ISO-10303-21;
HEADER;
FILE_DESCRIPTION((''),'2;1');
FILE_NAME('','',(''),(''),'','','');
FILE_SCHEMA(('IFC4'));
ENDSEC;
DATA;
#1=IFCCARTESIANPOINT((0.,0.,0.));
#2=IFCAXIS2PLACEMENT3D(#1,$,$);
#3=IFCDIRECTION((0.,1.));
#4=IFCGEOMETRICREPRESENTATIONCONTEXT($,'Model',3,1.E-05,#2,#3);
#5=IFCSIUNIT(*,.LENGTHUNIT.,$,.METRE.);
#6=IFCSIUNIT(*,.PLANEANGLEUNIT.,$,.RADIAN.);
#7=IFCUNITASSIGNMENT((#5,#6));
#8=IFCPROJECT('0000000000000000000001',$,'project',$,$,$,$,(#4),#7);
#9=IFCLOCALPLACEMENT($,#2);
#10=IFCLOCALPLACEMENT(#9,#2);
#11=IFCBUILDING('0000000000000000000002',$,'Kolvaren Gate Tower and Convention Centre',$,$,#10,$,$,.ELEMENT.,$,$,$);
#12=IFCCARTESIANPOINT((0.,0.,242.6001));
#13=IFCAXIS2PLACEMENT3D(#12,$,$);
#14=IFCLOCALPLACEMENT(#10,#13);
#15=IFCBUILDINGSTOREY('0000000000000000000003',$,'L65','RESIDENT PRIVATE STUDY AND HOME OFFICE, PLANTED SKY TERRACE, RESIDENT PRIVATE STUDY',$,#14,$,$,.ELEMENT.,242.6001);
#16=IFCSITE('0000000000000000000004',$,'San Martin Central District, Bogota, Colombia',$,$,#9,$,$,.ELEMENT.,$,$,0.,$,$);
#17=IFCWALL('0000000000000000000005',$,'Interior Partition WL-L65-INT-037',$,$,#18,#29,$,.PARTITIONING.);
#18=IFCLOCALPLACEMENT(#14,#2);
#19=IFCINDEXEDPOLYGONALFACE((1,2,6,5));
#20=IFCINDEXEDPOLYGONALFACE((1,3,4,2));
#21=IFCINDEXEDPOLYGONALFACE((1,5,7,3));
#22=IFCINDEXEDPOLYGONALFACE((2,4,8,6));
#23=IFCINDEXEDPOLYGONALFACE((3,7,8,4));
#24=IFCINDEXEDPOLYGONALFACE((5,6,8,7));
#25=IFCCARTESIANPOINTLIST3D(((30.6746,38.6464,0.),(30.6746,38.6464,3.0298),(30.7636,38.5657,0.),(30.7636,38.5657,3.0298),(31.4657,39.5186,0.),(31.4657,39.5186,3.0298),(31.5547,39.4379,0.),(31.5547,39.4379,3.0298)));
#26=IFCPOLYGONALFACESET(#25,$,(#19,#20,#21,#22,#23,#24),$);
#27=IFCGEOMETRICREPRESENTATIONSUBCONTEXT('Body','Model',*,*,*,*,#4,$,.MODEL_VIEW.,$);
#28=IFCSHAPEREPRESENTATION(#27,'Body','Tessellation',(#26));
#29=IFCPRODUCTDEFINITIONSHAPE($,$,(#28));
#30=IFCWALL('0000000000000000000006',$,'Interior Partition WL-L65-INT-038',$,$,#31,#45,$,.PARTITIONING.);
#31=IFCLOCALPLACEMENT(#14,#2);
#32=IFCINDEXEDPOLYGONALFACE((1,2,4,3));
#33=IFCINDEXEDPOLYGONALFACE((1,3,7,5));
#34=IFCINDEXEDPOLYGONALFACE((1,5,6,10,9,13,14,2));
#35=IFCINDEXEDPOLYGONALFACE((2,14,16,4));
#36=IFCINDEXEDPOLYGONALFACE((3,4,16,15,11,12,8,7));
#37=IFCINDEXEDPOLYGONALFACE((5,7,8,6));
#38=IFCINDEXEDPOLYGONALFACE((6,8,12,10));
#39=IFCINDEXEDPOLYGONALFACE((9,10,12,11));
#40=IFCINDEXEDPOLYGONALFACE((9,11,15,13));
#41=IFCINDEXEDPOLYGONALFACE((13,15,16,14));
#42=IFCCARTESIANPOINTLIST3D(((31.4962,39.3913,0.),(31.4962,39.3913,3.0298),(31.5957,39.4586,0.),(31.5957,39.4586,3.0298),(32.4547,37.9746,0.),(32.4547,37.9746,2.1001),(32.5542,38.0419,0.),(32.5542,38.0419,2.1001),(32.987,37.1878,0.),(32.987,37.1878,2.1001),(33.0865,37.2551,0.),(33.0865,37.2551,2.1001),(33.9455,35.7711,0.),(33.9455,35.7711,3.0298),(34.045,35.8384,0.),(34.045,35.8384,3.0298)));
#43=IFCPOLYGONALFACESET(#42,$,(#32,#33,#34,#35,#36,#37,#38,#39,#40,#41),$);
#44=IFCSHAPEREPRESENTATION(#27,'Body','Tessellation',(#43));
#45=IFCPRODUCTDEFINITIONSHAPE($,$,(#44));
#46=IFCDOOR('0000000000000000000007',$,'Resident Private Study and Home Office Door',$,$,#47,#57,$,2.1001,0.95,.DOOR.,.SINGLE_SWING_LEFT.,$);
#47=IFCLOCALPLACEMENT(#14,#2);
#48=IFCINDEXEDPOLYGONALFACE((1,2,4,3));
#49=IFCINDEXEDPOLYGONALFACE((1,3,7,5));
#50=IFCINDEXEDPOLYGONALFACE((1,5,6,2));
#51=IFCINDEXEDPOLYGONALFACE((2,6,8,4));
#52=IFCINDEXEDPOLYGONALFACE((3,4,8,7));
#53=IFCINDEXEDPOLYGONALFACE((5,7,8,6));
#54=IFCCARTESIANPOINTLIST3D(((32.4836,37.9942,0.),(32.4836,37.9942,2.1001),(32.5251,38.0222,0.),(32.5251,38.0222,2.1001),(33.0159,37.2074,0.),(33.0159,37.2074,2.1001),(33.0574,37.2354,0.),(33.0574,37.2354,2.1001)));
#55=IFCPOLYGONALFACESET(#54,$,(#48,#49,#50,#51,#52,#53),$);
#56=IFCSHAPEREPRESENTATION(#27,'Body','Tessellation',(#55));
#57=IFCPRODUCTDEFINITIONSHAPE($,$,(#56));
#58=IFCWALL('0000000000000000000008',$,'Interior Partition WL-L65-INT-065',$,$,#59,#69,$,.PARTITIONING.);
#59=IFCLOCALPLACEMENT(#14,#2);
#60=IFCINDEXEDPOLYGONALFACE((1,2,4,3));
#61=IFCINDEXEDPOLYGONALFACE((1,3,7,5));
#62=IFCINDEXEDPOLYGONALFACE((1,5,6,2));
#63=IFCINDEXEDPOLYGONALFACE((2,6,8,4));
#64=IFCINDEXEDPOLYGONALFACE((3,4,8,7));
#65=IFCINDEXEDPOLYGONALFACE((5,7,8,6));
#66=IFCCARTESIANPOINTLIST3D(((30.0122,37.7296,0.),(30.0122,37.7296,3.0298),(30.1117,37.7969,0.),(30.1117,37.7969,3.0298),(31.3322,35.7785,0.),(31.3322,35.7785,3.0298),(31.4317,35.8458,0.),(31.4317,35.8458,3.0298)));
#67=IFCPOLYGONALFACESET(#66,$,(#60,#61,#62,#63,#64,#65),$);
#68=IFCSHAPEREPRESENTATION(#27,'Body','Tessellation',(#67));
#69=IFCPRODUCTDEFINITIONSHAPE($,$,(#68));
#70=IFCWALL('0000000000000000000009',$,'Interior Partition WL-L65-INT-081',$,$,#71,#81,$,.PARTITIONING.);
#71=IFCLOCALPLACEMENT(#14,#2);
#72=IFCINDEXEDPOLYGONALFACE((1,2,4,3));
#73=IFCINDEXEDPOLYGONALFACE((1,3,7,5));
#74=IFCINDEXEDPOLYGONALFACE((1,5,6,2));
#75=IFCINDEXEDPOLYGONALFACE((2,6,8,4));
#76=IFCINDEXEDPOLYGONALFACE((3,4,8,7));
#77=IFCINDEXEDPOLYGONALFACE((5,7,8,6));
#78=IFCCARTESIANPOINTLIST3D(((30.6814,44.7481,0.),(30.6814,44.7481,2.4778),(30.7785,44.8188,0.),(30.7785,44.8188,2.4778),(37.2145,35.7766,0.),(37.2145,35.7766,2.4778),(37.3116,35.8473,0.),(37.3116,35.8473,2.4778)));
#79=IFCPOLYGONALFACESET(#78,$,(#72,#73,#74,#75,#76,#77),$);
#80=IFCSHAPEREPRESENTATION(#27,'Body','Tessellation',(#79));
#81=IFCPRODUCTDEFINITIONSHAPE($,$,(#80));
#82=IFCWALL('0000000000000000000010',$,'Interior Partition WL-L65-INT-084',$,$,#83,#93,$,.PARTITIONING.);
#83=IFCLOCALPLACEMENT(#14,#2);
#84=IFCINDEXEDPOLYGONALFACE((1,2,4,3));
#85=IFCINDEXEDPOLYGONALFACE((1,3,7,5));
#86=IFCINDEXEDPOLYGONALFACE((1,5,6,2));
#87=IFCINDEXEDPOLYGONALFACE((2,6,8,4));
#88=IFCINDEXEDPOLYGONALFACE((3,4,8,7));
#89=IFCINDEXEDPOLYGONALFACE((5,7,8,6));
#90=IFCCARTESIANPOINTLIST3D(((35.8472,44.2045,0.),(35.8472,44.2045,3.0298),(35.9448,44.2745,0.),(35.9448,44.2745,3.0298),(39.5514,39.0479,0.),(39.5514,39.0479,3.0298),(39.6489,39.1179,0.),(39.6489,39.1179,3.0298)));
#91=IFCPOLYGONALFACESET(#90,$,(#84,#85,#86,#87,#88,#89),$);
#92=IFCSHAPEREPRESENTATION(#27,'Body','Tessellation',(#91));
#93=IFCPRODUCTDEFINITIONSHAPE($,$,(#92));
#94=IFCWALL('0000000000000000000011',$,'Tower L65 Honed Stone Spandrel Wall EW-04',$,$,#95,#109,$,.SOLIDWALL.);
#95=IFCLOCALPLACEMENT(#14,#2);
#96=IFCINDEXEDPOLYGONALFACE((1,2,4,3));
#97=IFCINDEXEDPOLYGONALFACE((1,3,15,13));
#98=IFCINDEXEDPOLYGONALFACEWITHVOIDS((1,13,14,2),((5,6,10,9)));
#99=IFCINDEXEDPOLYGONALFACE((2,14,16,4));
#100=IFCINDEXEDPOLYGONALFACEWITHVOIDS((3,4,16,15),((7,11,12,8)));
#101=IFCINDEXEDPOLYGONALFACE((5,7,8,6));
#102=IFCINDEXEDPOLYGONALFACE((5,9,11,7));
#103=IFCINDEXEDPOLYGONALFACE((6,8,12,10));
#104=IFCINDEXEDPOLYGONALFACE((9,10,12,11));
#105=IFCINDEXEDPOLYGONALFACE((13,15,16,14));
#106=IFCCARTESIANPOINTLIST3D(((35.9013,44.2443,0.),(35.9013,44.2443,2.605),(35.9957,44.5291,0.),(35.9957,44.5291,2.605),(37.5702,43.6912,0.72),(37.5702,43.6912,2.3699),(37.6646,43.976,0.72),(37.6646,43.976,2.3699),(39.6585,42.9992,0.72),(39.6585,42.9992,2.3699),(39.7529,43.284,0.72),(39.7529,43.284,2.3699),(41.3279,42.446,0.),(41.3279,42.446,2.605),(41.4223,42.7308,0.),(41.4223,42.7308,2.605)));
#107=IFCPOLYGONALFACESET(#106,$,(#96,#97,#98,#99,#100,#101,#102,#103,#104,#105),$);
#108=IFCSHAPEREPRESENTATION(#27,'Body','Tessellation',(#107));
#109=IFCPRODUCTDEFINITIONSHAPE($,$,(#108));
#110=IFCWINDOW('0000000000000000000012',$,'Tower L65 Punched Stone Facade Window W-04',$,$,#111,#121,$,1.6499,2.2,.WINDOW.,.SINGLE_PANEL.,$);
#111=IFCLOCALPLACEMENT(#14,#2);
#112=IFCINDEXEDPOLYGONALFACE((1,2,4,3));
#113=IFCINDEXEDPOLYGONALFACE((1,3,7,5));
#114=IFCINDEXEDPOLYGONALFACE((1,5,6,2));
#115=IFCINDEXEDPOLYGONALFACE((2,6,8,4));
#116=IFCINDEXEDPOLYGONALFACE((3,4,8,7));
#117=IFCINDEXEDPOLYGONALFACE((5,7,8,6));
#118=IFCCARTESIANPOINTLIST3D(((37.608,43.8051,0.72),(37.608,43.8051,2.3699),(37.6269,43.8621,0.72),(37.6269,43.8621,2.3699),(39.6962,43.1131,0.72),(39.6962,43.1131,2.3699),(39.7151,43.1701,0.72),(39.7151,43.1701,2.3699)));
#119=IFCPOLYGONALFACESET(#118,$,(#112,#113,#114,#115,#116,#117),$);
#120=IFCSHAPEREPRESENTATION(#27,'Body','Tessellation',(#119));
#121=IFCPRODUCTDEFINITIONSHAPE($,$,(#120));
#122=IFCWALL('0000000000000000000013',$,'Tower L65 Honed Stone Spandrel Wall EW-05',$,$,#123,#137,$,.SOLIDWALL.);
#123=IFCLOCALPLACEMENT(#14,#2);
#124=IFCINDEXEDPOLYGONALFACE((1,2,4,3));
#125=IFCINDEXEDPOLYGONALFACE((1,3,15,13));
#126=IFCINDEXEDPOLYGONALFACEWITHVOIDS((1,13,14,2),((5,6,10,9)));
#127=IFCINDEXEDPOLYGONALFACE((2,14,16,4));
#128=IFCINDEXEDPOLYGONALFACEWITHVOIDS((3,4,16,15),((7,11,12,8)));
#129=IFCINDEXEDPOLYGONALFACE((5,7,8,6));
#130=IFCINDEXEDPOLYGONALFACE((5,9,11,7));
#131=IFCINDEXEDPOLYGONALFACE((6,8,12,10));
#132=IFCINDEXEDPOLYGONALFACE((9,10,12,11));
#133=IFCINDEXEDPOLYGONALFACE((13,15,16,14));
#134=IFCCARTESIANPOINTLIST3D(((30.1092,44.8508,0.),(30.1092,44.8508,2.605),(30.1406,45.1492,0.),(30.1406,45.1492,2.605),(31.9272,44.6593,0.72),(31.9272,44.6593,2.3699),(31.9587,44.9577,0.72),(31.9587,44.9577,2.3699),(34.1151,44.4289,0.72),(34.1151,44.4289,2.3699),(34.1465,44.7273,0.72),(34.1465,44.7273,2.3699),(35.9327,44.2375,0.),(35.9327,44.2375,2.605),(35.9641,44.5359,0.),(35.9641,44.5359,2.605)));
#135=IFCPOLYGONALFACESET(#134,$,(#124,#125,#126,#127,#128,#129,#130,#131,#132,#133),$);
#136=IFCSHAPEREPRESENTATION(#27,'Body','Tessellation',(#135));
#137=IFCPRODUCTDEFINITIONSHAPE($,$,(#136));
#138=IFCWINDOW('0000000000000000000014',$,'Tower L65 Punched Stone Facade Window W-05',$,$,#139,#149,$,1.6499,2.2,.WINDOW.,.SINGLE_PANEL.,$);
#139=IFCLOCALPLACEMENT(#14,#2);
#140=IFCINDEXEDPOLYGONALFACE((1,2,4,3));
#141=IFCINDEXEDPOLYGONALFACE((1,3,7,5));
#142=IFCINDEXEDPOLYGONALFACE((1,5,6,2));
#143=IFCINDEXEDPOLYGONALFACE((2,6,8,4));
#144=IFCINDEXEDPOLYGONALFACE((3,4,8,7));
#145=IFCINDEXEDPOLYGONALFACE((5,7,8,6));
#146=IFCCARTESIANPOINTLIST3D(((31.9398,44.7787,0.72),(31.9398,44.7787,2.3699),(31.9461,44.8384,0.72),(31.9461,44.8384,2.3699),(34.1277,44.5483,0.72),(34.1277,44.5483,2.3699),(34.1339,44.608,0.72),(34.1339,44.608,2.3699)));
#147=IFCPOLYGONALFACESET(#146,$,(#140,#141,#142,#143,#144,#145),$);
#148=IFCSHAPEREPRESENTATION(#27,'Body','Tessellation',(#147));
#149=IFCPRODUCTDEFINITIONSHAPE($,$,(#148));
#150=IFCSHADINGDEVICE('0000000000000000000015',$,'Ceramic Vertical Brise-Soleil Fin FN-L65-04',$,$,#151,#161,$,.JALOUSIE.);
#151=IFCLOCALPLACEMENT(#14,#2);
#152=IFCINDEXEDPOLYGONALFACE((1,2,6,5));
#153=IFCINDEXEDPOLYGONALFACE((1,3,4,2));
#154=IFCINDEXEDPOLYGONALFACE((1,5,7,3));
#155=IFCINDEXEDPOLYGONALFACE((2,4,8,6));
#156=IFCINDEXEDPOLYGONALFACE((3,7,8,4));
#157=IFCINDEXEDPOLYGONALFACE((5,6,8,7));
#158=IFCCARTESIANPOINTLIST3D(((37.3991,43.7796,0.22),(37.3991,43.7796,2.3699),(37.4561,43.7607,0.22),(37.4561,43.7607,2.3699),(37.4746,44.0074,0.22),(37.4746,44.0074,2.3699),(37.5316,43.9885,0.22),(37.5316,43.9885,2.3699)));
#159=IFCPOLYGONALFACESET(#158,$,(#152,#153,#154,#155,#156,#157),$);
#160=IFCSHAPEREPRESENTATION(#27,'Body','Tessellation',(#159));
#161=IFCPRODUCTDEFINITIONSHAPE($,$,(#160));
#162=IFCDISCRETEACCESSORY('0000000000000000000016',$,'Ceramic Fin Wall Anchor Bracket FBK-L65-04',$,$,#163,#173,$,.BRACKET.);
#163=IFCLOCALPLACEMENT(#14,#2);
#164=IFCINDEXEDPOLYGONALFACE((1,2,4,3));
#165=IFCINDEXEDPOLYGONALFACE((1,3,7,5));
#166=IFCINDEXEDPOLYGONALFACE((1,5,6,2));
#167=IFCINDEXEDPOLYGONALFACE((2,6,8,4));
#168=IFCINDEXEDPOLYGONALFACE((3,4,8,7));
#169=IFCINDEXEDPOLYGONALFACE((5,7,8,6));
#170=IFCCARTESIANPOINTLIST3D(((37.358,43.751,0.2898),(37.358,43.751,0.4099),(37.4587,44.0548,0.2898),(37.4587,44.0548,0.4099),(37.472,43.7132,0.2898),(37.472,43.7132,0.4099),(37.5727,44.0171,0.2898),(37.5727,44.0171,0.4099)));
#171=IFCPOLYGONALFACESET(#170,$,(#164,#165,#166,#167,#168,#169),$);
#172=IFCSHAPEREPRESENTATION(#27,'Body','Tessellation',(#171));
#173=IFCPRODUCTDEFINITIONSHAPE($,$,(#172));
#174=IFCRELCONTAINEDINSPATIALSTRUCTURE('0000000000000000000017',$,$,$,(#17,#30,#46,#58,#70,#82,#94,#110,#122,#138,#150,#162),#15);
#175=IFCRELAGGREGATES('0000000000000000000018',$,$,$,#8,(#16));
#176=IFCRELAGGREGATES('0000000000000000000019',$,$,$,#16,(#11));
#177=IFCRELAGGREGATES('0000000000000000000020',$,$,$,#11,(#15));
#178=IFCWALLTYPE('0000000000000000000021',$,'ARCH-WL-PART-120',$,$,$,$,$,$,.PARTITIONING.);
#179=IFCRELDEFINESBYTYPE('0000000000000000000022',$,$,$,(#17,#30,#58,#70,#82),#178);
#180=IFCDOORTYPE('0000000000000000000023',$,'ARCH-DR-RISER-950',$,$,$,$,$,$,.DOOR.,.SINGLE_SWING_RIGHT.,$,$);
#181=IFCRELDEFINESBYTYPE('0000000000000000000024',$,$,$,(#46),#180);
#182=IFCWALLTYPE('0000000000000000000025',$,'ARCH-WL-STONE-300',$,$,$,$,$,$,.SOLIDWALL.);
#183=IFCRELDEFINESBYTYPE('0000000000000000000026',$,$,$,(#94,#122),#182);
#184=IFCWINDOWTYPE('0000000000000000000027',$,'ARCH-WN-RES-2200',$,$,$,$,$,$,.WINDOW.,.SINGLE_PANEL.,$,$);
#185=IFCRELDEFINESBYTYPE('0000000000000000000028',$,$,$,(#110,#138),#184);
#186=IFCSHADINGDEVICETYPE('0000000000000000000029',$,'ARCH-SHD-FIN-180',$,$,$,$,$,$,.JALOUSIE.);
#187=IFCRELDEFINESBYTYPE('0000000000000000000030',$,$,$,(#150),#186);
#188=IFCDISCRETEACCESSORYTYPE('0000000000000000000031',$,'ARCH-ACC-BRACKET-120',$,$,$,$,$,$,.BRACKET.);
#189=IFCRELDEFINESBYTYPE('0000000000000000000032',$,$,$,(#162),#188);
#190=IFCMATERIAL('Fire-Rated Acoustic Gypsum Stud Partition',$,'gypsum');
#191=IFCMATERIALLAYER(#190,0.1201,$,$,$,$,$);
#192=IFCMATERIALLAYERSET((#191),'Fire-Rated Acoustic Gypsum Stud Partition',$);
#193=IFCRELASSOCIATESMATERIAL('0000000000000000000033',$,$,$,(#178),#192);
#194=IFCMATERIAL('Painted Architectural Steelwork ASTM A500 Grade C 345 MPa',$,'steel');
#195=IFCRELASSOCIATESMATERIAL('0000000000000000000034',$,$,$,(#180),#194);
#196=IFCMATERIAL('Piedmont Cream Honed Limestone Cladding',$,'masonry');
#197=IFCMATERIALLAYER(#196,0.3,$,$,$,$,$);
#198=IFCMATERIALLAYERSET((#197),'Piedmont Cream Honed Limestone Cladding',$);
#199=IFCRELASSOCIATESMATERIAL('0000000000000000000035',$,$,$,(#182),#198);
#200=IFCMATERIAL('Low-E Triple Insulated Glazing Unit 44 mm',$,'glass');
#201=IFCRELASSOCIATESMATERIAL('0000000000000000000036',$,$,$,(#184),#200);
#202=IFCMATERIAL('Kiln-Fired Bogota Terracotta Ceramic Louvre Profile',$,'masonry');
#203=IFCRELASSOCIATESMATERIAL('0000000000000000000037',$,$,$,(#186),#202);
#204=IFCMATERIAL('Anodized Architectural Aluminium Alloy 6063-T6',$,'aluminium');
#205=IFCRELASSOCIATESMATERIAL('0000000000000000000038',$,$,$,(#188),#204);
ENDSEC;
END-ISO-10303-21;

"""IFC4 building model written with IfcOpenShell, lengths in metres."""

from ifc_helpers import new_model, si_unit, direction, frame, frame_2d, origin, origin_2d, place, context, subcontext, project, spatial, rectangle, extrude, material, layer, layer_set, type_object, element, fill, save


model = new_model("IFC4")

# Units and contexts
model_context = context("Model", 3, precision=1e-05, world=origin(), true_north=direction((0.0, 1.0)))
body_context = subcontext(model_context, "Body", "Model", "MODEL_VIEW")
ifc_project = project(units=[si_unit("LENGTHUNIT", "METRE"), si_unit("PLANEANGLEUNIT", "RADIAN")], contexts=[model_context])

# Site, building, storey
site_placement = place(None, origin())
site = spatial("IfcSite", under=ifc_project, at=site_placement, Name="San Martin Central District, Bogota, Colombia", CompositionType="ELEMENT", RefElevation=0.0)
building_placement = place(site_placement, origin())
building = spatial("IfcBuilding", under=site, at=building_placement, Name="Kolvaren Gate Tower and Convention Centre", CompositionType="ELEMENT")
storey_placement = place(building_placement, frame((0.0, 0.0, 242.6001)))
storey = spatial("IfcBuildingStorey", under=building, at=storey_placement, Name="L65", Description="RESIDENT PRIVATE STUDY AND HOME OFFICE, PLANTED SKY TERRACE, RESIDENT PRIVATE STUDY", CompositionType="ELEMENT", Elevation=242.6001)

# Wall
ifc_material_1 = material(Name="Fire-Rated Acoustic Gypsum Stud Partition", Category="gypsum")
ifc_layer_1 = layer(ifc_material_1, 0.1201)
ifc_layer_set_1 = layer_set([ifc_layer_1], Name="Fire-Rated Acoustic Gypsum Stud Partition")
wall_type_1 = type_object("IfcWallType", Name="ARCH-WL-PART-120", PredefinedType="PARTITIONING", material=ifc_layer_set_1)
wall_1_placement = place(storey_placement, frame((30.719, 38.606, 0.0), z_axis=(0.0, 0.0, 1.0), x_axis=(0.671847, 0.74069, 0.0)))
element("IfcWall", 1, at=wall_1_placement, inside=storey, type_object=wall_type_1, Name="Interior Partition WL-L65-INT-037", PredefinedType="PARTITIONING", context=body_context, shape_type="SweptSolid", body=[
    extrude(rectangle(XDim=1.1775, YDim=0.1201, at=frame_2d((0.5889, 0.0))), origin(), (0.0, 0.0, 1.0), 3.0298),
])

# Wall, opening, door
wall_2_placement = place(storey_placement, frame((31.5459, 39.425, 0.0), z_axis=(0.0, 0.0, 1.0), x_axis=(0.560359, -0.82825, 0.0)))
wall_2 = element("IfcWall", 2, at=wall_2_placement, inside=storey, type_object=wall_type_1, Name="Interior Partition WL-L65-INT-038", PredefinedType="PARTITIONING", context=body_context, shape_type="SweptSolid", body=[
    extrude(rectangle(XDim=4.3708, YDim=0.1201, at=frame_2d((2.1855, 0.0))), origin(), (0.0, 0.0, 1.0), 3.0298),
])
opening_1_placement = place(wall_2_placement, frame((1.7104, 0.0, 0.0)))
opening_1 = element("IfcOpeningElement", 3, at=opening_1_placement, cuts=wall_2, PredefinedType="OPENING", context=body_context, shape_type="SweptSolid", body=[
    extrude(rectangle(XDim=0.95, YDim=2.1001, at=frame_2d((0.4751, 1.05))), frame((0.0, 0.0701, 0.0), z_axis=(0.0, -1.0, 0.0), x_axis=(1.0, 0.0, 0.0)), (0.0, 0.0, 1.0), 0.1401),
])
ifc_material_2 = material(Name="Painted Architectural Steelwork ASTM A500 Grade C 345 MPa", Category="steel")
door_type = type_object("IfcDoorType", Name="ARCH-DR-RISER-950", OperationType="SINGLE_SWING_RIGHT", PredefinedType="DOOR", material=ifc_material_2)
door_placement = place(opening_1_placement, origin())
door = element("IfcDoor", 4, at=door_placement, inside=storey, type_object=door_type, Name="Resident Private Study and Home Office Door", OperationType="SINGLE_SWING_LEFT", OverallHeight=2.1001, OverallWidth=0.95, PredefinedType="DOOR", context=body_context, shape_type="SweptSolid", body=[
    extrude(rectangle(XDim=0.95, YDim=2.1001, at=frame_2d((0.4751, 1.05))), frame((0.0, 0.0249, 0.0), z_axis=(0.0, -1.0, 0.0), x_axis=(1.0, 0.0, 0.0)), (0.0, 0.0, 1.0), 0.05),
])
fill(opening_1, door)

# Walls
wall_3_placement = place(storey_placement, frame((30.062, 37.7632, 0.0), z_axis=(0.0, 0.0, 1.0), x_axis=(0.560355, -0.828252, 0.0)))
element("IfcWall", 5, at=wall_3_placement, inside=storey, type_object=wall_type_1, Name="Interior Partition WL-L65-INT-065", PredefinedType="PARTITIONING", context=body_context, shape_type="SweptSolid", body=[
    extrude(rectangle(XDim=2.3557, YDim=0.1201, at=frame_2d((1.1777, 0.0))), origin(), (0.0, 0.0, 1.0), 3.0298),
])
wall_4_placement = place(storey_placement, frame((30.73, 44.7834, 0.0), z_axis=(0.0, 0.0, 1.0), x_axis=(0.588659, -0.808381, 0.0)))
element("IfcWall", 6, at=wall_4_placement, inside=storey, type_object=wall_type_1, Name="Interior Partition WL-L65-INT-081", PredefinedType="PARTITIONING", context=body_context, shape_type="SweptSolid", body=[
    extrude(rectangle(XDim=11.0981, YDim=0.1201, at=frame_2d((5.5491, 0.0))), origin(), (0.0, 0.0, 1.0), 2.4778),
])
wall_5_placement = place(storey_placement, frame((35.896, 44.2395, 0.0), z_axis=(0.0, 0.0, 1.0), x_axis=(0.583415, -0.812174, 0.0)))
element("IfcWall", 7, at=wall_5_placement, inside=storey, type_object=wall_type_1, Name="Interior Partition WL-L65-INT-084", PredefinedType="PARTITIONING", context=body_context, shape_type="SweptSolid", body=[
    extrude(rectangle(XDim=6.3491, YDim=0.1201, at=frame_2d((3.1746, 0.0))), origin(), (0.0, 0.0, 1.0), 3.0298),
])

# Walls, openings, windows
ifc_material_3 = material(Name="Piedmont Cream Honed Limestone Cladding", Category="masonry")
ifc_layer_2 = layer(ifc_material_3, 0.3)
ifc_layer_set_2 = layer_set([ifc_layer_2], Name="Piedmont Cream Honed Limestone Cladding")
wall_type_2 = type_object("IfcWallType", Name="ARCH-WL-STONE-300", PredefinedType="SOLIDWALL", material=ifc_layer_set_2)
wall_6_placement = place(storey_placement, frame((35.9485, 44.3867, 0.0), z_axis=(0.0, 0.0, 1.0), x_axis=(0.949233, -0.314575, 0.0)))
wall_6 = element("IfcWall", 8, at=wall_6_placement, inside=storey, type_object=wall_type_2, Name="Tower L65 Honed Stone Spandrel Wall EW-04", PredefinedType="SOLIDWALL", context=body_context, shape_type="SweptSolid", body=[
    extrude(rectangle(XDim=5.7168, YDim=0.3, at=frame_2d((2.8584, 0.0))), origin(), (0.0, 0.0, 1.0), 2.605),
])
opening_2_placement = place(wall_6_placement, frame((1.7581, 0.0, 0.72)))
opening_2 = element("IfcOpeningElement", 9, at=opening_2_placement, cuts=wall_6, PredefinedType="OPENING", context=body_context, shape_type="SweptSolid", body=[
    extrude(rectangle(XDim=2.2, YDim=1.6499, at=frame_2d((1.1001, 0.825))), frame((0.0, 0.1599, 0.0), z_axis=(0.0, -1.0, 0.0), x_axis=(1.0, 0.0, 0.0)), (0.0, 0.0, 1.0), 0.3201),
])
ifc_material_4 = material(Name="Low-E Triple Insulated Glazing Unit 44 mm", Category="glass")
window_type = type_object("IfcWindowType", Name="ARCH-WN-RES-2200", PartitioningType="SINGLE_PANEL", PredefinedType="WINDOW", material=ifc_material_4)
window_1_placement = place(opening_2_placement, origin())
window_1 = element("IfcWindow", 10, at=window_1_placement, inside=storey, type_object=window_type, Name="Tower L65 Punched Stone Facade Window W-04", OverallHeight=1.6499, OverallWidth=2.2, PartitioningType="SINGLE_PANEL", PredefinedType="WINDOW", context=body_context, shape_type="SweptSolid", body=[
    extrude(rectangle(XDim=2.2, YDim=1.6499, at=frame_2d((1.1001, 0.825))), frame((0.0, 0.03, 0.0), z_axis=(0.0, -1.0, 0.0), x_axis=(1.0, 0.0, 0.0)), (0.0, 0.0, 1.0), 0.0601),
])
fill(opening_2, window_1)
wall_7_placement = place(storey_placement, frame((30.125, 45.0, 0.0), z_axis=(0.0, 0.0, 1.0), x_axis=(0.9945, -0.104733, 0.0)))
wall_7 = element("IfcWall", 11, at=wall_7_placement, inside=storey, type_object=wall_type_2, Name="Tower L65 Honed Stone Spandrel Wall EW-05", PredefinedType="SOLIDWALL", context=body_context, shape_type="SweptSolid", body=[
    extrude(rectangle(XDim=5.8557, YDim=0.3, at=frame_2d((2.9277, 0.0))), origin(), (0.0, 0.0, 1.0), 2.605),
])
opening_3_placement = place(wall_7_placement, frame((1.8279, 0.0, 0.72)))
opening_3 = element("IfcOpeningElement", 12, at=opening_3_placement, cuts=wall_7, PredefinedType="OPENING", context=body_context, shape_type="SweptSolid", body=[
    extrude(rectangle(XDim=2.2, YDim=1.6499, at=frame_2d((1.1001, 0.825))), frame((0.0, 0.1599, 0.0), z_axis=(0.0, -1.0, 0.0), x_axis=(1.0, 0.0, 0.0)), (0.0, 0.0, 1.0), 0.3201),
])
window_2_placement = place(opening_3_placement, origin())
window_2 = element("IfcWindow", 13, at=window_2_placement, inside=storey, type_object=window_type, Name="Tower L65 Punched Stone Facade Window W-05", OverallHeight=1.6499, OverallWidth=2.2, PartitioningType="SINGLE_PANEL", PredefinedType="WINDOW", context=body_context, shape_type="SweptSolid", body=[
    extrude(rectangle(XDim=2.2, YDim=1.6499, at=frame_2d((1.1001, 0.825))), frame((0.0, 0.03, 0.0), z_axis=(0.0, -1.0, 0.0), x_axis=(1.0, 0.0, 0.0)), (0.0, 0.0, 1.0), 0.0601),
])
fill(opening_3, window_2)

# Shading device
ifc_material_5 = material(Name="Kiln-Fired Bogota Terracotta Ceramic Louvre Profile", Category="masonry")
shading_device_type = type_object("IfcShadingDeviceType", Name="ARCH-SHD-FIN-180", PredefinedType="JALOUSIE", material=ifc_material_5)
shading_device_placement = place(storey_placement, frame((37.4653, 43.884, 0.22), z_axis=(0.0, 0.0, 1.0), x_axis=(0.949242, -0.314548, 0.0)))
element("IfcShadingDevice", 14, at=shading_device_placement, inside=storey, type_object=shading_device_type, Name="Ceramic Vertical Brise-Soleil Fin FN-L65-04", PredefinedType="JALOUSIE", context=body_context, shape_type="SweptSolid", body=[
    extrude(rectangle(XDim=0.0601, YDim=0.24, at=origin_2d()), origin(), (0.0, 0.0, 1.0), 2.1499),
])

# Discrete accessory
ifc_material_6 = material(Name="Anodized Architectural Aluminium Alloy 6063-T6", Category="aluminium")
discrete_accessory_type = type_object("IfcDiscreteAccessoryType", Name="ARCH-ACC-BRACKET-120", PredefinedType="BRACKET", material=ifc_material_6)
discrete_accessory_placement = place(storey_placement, frame((37.4653, 43.884, 0.2898), z_axis=(0.0, 0.0, 1.0), x_axis=(0.949242, -0.314548, 0.0)))
element("IfcDiscreteAccessory", 15, at=discrete_accessory_placement, inside=storey, type_object=discrete_accessory_type, Name="Ceramic Fin Wall Anchor Bracket FBK-L65-04", PredefinedType="BRACKET", context=body_context, shape_type="SweptSolid", body=[
    extrude(rectangle(XDim=0.1201, YDim=0.3201, at=origin_2d()), origin(), (0.0, 0.0, 1.0), 0.1201),
])

save(model, "model.ifc")
